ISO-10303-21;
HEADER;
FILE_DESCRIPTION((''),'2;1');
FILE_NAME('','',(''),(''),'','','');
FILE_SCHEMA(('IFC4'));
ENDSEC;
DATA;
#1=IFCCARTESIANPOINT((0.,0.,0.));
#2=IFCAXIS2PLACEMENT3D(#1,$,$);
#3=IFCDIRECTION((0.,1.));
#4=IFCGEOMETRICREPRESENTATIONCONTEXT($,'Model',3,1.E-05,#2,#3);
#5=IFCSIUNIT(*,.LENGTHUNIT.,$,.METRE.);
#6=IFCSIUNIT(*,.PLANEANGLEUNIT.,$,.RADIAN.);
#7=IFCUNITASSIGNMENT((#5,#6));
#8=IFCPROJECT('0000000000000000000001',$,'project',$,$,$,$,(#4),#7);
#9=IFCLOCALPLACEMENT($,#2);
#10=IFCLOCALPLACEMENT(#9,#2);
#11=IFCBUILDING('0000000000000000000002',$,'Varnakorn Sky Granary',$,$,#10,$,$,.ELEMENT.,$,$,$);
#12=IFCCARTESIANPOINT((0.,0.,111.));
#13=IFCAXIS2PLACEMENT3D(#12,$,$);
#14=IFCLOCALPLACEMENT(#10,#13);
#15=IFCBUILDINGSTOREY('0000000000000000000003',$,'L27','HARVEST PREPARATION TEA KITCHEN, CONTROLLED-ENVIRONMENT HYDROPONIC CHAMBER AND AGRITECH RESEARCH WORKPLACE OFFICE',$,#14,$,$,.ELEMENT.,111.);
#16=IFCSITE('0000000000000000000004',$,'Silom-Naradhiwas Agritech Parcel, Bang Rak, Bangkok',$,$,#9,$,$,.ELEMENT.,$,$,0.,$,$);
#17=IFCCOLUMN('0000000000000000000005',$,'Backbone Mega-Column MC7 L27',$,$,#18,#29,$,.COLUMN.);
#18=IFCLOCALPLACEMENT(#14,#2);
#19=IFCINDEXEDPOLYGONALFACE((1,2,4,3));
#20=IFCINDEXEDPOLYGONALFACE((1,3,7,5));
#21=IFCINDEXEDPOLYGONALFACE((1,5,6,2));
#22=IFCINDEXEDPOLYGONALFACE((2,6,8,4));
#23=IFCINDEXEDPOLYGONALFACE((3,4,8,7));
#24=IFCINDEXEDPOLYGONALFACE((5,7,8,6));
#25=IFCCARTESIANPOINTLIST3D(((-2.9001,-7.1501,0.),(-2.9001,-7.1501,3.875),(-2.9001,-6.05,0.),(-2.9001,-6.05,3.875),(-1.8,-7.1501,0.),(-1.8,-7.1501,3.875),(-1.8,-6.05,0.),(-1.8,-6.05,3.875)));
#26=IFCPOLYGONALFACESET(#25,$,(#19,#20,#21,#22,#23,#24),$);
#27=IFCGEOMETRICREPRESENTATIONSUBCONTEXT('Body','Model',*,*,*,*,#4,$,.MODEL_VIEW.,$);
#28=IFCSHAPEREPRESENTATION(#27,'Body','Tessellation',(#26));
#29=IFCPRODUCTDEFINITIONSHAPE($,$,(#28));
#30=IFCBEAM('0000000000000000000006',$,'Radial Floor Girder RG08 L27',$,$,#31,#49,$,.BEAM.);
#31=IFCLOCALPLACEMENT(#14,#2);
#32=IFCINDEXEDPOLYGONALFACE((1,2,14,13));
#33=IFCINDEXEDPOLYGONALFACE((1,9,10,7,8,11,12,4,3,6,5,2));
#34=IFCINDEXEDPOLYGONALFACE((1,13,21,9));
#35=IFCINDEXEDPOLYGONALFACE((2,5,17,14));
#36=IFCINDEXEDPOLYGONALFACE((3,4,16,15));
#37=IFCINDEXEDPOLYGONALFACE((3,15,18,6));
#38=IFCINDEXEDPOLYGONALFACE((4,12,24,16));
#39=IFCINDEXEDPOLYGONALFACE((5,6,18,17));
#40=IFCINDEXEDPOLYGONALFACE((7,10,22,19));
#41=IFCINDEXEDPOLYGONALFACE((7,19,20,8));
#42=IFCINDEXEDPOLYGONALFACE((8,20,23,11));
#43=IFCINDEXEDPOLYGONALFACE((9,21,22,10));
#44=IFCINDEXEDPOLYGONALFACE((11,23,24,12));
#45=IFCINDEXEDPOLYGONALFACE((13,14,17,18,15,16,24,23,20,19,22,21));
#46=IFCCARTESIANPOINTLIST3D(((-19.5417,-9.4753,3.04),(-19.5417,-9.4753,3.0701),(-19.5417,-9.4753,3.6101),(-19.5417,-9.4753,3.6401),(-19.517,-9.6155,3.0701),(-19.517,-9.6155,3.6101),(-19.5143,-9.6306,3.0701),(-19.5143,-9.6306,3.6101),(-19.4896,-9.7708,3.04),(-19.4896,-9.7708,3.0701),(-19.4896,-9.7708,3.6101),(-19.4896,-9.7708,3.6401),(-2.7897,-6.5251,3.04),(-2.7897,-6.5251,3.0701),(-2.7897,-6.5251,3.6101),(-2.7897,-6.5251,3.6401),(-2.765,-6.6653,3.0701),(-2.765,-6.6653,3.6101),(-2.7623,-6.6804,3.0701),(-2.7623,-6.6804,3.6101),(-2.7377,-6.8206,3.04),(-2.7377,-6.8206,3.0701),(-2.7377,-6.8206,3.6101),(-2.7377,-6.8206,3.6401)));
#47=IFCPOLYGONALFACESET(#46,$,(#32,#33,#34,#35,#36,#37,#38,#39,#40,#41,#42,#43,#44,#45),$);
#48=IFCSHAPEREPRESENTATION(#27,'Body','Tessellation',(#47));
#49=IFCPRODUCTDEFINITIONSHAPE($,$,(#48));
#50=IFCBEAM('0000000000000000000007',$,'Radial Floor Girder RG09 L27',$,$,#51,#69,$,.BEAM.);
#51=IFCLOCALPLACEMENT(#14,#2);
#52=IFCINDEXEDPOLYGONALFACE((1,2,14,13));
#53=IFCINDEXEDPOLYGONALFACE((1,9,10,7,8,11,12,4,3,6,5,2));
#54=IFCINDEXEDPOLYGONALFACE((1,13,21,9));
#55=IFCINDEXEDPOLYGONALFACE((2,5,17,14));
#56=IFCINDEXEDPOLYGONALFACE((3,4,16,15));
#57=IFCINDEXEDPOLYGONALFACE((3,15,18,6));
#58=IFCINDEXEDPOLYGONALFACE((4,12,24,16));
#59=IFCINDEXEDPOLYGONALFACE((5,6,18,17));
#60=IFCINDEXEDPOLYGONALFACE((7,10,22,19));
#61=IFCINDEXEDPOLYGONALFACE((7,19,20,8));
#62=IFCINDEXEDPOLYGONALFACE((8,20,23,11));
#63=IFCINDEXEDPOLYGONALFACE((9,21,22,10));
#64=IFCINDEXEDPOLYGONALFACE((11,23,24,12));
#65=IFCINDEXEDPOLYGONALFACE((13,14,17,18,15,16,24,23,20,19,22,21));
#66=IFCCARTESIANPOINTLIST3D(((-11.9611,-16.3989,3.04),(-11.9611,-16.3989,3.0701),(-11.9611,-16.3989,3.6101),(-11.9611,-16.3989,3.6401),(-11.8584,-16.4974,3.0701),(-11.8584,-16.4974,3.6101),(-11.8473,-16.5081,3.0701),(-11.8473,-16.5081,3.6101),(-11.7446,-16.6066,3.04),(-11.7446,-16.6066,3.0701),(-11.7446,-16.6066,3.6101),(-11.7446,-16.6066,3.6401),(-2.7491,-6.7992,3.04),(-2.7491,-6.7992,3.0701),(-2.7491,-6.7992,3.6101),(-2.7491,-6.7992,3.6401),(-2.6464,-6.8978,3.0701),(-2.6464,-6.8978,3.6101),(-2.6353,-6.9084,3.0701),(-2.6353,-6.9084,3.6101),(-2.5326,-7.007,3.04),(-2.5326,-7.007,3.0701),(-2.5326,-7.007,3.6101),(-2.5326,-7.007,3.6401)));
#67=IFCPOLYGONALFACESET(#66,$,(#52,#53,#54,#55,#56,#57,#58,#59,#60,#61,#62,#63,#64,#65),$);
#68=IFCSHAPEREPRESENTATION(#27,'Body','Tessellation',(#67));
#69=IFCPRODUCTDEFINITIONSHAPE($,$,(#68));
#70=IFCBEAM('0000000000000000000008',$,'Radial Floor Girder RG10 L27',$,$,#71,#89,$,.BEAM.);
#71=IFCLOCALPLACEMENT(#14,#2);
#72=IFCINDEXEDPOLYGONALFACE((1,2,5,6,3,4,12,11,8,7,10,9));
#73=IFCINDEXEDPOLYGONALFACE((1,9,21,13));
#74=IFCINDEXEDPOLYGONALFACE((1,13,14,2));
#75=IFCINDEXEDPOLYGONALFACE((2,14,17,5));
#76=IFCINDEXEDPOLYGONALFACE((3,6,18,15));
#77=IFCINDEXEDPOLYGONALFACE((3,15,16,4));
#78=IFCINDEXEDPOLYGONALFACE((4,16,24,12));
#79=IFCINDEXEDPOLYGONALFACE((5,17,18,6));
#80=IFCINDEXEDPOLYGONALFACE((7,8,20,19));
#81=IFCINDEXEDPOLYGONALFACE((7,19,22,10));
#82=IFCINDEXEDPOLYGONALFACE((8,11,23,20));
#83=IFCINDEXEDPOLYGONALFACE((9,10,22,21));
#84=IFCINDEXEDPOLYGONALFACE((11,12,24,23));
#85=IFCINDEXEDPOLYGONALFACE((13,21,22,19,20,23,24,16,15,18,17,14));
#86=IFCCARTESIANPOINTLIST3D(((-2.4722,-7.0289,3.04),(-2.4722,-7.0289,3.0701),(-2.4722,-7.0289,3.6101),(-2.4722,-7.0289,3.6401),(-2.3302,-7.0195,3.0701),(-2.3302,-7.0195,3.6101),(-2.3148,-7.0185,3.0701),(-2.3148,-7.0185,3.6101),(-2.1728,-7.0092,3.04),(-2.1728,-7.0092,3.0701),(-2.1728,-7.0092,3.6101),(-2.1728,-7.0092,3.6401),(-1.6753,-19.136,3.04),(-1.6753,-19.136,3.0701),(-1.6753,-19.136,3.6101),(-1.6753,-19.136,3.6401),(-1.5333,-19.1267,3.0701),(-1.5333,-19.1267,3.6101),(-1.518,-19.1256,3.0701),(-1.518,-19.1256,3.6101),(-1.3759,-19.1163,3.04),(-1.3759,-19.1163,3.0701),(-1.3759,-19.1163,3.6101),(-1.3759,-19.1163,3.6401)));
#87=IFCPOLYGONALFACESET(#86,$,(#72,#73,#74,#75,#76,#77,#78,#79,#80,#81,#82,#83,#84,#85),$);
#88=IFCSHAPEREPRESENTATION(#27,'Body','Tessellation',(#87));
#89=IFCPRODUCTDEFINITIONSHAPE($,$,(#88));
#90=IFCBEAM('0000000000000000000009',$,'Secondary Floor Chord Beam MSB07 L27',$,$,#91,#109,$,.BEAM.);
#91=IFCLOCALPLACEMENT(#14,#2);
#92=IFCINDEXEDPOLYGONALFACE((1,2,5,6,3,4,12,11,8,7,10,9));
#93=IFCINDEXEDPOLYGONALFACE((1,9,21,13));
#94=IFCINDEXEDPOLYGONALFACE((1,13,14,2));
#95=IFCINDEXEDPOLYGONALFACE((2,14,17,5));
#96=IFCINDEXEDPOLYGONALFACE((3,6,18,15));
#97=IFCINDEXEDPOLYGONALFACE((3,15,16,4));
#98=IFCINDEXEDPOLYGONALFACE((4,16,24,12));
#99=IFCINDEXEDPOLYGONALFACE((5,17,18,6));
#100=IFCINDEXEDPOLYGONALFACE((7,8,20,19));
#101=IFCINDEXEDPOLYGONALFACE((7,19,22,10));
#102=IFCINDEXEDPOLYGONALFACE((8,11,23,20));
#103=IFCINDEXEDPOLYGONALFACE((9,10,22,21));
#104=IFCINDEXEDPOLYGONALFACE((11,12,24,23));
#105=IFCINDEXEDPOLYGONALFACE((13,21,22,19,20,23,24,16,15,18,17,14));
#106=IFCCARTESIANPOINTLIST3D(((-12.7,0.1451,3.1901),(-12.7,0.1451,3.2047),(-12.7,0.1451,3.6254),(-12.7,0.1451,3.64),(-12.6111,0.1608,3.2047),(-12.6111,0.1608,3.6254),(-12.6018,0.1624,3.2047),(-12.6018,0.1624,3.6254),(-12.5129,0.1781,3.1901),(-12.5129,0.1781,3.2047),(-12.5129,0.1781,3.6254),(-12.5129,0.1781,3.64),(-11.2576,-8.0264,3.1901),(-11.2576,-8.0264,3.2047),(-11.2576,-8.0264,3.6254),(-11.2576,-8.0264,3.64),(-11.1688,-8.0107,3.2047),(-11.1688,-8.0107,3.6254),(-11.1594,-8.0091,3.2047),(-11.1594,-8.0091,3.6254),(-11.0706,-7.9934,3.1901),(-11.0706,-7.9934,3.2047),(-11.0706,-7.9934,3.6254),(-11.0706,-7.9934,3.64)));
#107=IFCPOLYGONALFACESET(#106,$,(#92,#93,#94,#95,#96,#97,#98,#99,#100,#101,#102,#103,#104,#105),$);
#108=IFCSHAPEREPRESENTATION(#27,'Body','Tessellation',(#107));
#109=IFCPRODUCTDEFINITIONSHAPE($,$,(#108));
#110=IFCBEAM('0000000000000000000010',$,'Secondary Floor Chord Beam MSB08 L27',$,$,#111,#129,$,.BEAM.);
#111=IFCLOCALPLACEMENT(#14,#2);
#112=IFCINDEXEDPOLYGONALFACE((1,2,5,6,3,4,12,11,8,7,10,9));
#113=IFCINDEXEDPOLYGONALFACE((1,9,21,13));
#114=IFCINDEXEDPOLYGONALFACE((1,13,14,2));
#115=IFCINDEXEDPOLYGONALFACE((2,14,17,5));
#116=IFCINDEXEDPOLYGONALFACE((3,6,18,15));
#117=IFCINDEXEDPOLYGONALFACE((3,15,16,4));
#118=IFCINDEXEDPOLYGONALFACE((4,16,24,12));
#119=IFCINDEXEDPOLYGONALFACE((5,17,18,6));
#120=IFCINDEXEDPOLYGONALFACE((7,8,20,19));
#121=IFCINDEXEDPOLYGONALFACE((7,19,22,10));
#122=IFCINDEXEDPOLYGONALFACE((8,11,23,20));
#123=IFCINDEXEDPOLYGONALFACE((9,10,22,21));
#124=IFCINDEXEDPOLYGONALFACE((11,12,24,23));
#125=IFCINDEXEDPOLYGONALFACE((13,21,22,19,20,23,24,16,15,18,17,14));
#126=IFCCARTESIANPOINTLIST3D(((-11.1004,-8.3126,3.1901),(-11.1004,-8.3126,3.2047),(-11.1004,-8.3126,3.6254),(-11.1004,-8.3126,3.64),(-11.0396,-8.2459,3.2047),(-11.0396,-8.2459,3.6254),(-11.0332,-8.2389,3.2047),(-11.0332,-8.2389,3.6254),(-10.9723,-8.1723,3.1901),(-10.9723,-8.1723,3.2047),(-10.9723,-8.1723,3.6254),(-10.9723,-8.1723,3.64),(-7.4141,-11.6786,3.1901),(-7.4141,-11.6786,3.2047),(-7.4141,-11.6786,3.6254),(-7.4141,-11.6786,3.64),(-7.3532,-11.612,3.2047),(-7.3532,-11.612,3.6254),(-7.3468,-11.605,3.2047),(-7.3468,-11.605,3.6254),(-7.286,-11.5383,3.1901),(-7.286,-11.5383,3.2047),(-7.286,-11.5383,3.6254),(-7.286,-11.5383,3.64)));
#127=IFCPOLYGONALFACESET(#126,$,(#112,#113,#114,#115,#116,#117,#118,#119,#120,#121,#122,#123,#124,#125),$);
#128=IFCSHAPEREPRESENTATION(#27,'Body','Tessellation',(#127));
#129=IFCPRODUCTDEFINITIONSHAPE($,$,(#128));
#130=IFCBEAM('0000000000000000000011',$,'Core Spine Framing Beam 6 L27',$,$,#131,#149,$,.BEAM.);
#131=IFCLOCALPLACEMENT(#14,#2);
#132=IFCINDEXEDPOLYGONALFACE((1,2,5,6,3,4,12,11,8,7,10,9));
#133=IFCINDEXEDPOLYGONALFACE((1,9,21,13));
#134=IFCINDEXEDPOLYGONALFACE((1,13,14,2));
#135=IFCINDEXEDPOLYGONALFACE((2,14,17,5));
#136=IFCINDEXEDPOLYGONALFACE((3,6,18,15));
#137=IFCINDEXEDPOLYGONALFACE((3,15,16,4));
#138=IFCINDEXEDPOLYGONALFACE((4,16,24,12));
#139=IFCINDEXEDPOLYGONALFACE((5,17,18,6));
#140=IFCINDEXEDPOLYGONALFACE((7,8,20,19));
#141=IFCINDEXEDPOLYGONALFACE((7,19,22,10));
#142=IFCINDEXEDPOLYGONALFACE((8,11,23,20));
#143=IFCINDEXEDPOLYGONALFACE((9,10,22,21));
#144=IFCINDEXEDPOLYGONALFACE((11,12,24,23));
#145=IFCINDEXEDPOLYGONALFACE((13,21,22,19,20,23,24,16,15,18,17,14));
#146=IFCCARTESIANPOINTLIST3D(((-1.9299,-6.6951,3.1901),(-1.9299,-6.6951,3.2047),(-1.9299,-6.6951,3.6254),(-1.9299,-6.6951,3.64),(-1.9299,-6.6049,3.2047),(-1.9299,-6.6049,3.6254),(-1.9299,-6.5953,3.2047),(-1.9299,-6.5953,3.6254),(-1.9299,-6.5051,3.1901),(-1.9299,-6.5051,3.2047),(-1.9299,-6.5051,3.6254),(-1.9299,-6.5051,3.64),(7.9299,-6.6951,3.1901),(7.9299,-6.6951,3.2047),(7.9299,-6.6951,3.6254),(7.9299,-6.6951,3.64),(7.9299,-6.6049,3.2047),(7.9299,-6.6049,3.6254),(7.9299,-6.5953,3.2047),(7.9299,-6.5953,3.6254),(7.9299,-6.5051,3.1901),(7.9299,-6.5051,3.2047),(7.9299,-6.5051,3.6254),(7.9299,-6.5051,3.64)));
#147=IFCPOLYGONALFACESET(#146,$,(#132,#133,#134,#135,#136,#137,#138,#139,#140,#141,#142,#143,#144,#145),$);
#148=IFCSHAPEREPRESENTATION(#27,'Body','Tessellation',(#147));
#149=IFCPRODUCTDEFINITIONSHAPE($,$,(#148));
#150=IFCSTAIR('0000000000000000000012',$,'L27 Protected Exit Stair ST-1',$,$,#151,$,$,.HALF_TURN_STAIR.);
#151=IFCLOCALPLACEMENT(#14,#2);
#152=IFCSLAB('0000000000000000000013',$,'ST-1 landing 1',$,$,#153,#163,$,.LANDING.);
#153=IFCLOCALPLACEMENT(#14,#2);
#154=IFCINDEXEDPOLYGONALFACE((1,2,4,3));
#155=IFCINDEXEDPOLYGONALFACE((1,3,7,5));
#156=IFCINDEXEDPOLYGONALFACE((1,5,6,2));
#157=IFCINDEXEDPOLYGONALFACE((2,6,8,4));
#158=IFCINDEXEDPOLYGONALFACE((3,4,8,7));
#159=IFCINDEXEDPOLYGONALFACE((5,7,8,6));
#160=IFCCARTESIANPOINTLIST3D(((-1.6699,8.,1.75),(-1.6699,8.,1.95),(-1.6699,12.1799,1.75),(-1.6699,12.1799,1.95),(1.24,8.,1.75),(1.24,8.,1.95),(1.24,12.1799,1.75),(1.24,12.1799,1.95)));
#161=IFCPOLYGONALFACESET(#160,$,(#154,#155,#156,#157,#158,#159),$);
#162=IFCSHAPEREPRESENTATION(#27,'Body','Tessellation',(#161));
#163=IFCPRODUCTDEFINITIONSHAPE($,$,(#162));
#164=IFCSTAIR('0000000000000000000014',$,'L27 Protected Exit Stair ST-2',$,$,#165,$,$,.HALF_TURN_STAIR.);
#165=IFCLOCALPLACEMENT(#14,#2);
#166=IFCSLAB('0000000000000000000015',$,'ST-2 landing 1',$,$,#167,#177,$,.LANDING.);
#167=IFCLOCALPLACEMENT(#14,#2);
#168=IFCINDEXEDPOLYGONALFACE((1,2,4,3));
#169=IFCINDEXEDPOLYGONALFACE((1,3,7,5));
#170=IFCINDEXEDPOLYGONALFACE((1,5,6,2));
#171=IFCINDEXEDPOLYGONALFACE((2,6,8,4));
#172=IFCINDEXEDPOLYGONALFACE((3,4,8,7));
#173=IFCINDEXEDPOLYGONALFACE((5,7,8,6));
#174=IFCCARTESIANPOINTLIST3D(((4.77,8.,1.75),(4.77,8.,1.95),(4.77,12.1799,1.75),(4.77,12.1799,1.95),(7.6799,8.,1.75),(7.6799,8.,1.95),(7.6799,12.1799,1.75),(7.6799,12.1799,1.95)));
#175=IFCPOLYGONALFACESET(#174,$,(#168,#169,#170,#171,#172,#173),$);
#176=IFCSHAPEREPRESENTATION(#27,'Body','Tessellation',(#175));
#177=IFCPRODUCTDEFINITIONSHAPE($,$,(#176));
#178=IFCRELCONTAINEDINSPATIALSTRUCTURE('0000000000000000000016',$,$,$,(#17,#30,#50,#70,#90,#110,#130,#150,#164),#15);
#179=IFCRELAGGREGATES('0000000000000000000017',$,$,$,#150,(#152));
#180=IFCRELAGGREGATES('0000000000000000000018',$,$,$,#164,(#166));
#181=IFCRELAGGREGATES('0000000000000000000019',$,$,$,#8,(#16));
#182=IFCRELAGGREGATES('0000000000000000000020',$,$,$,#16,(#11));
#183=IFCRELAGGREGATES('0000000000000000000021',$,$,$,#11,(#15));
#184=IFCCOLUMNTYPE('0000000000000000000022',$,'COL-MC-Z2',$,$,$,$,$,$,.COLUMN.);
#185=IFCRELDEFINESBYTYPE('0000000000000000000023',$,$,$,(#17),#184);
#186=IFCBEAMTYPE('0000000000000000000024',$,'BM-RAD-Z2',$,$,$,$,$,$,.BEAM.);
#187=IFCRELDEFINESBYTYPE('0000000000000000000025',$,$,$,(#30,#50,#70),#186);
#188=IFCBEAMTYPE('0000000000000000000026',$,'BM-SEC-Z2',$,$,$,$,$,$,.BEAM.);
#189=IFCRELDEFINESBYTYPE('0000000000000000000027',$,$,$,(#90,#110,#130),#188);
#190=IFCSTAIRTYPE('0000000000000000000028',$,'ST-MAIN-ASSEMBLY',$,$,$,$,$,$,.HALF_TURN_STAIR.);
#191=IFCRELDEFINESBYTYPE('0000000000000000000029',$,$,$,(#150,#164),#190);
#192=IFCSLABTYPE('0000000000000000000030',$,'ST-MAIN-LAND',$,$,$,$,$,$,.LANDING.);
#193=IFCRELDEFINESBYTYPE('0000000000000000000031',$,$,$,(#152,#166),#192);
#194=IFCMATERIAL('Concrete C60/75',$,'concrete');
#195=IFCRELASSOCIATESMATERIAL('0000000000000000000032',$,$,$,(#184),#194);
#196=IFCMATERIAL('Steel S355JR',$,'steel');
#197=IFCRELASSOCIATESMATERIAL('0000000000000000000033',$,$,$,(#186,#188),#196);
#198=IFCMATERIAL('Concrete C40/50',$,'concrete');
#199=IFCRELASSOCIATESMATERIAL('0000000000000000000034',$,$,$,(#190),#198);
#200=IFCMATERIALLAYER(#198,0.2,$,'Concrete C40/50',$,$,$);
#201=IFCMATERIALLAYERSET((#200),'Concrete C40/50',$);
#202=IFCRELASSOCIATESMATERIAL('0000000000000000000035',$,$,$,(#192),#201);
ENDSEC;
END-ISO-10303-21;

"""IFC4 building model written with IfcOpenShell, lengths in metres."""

from ifc_helpers import new_model, si_unit, direction, frame, origin, origin_2d, place, context, subcontext, project, spatial, polyline, rectangle, i_section, outline, extrude, material, layer, layer_set, material_profile, profile_set, type_object, element, aggregate, save


model = new_model("IFC4")

# Units and contexts
model_context = context("Model", 3, precision=1e-05, world=origin(), true_north=direction((0.0, 1.0)))
body_context = subcontext(model_context, "Body", "Model", "MODEL_VIEW")
ifc_project = project(units=[si_unit("LENGTHUNIT", "METRE"), si_unit("PLANEANGLEUNIT", "RADIAN")], contexts=[model_context])

# Site, building, storey
site_placement = place(None, origin())
site = spatial("IfcSite", under=ifc_project, at=site_placement, Name="Silom-Naradhiwas Agritech Parcel, Bang Rak, Bangkok", CompositionType="ELEMENT", RefElevation=0.0)
building_placement = place(site_placement, origin())
building = spatial("IfcBuilding", under=site, at=building_placement, Name="Varnakorn Sky Granary", CompositionType="ELEMENT")
storey_placement = place(building_placement, frame((0.0, 0.0, 111.0)))
storey = spatial("IfcBuildingStorey", under=building, at=storey_placement, Name="L27", Description="HARVEST PREPARATION TEA KITCHEN, CONTROLLED-ENVIRONMENT HYDROPONIC CHAMBER AND AGRITECH RESEARCH WORKPLACE OFFICE", CompositionType="ELEMENT", Elevation=111.0)

# Column
ifc_material_1 = material(Name="Concrete C60/75", Category="concrete")
ifc_material_profile_1 = material_profile(ifc_material_1, rectangle(XDim=1.1001, YDim=1.1001, at=origin_2d()), Name="RC 1100x1100")
ifc_profile_set_1 = profile_set([ifc_material_profile_1], Name="Concrete C60/75")
column_type = type_object("IfcColumnType", Name="COL-MC-Z2", PredefinedType="COLUMN", material=ifc_profile_set_1)
column_placement = place(storey_placement, frame((-2.3501, -6.6001, 0.0), z_axis=(0.0, 0.0, 1.0), x_axis=(1.0, 0.0, 0.0)))
element("IfcColumn", 1, at=column_placement, inside=storey, type_object=column_type, Name="Backbone Mega-Column MC7 L27", PredefinedType="COLUMN", context=body_context, shape_type="SweptSolid", body=[
    extrude(rectangle(XDim=1.1001, YDim=1.1001, at=origin_2d()), origin(), (0.0, 0.0, 1.0), 3.875),
])

# Beams
ifc_material_2 = material(Name="Steel S355JR", Category="steel")
ifc_material_profile_2 = material_profile(ifc_material_2, i_section(OverallWidth=0.3, OverallDepth=0.6001, WebThickness=0.0154, FlangeThickness=0.03, at=origin_2d()), Name="HE 600 B")
ifc_profile_set_2 = profile_set([ifc_material_profile_2], Name="Steel S355JR")
beam_type_1 = type_object("IfcBeamType", Name="BM-RAD-Z2", PredefinedType="BEAM", material=ifc_profile_set_2)
beam_1_placement = place(storey_placement, frame((-2.7637, -6.6729, 3.3401), z_axis=(-0.984844, -0.173441, 0.0), x_axis=(0.173441, -0.984844, 0.0)))
element("IfcBeam", 2, at=beam_1_placement, inside=storey, type_object=beam_type_1, Name="Radial Floor Girder RG08 L27", PredefinedType="BEAM", context=body_context, shape_type="SweptSolid", body=[
    extrude(i_section(OverallWidth=0.3, OverallDepth=0.6001, WebThickness=0.0154, FlangeThickness=0.03, at=origin_2d()), origin(), (0.0, 0.0, 1.0), 17.0098),
])
beam_2_placement = place(storey_placement, frame((-2.6409, -6.9031, 3.3401), z_axis=(-0.692387, -0.721527, 0.0), x_axis=(0.721527, -0.692387, 0.0)))
element("IfcBeam", 3, at=beam_2_placement, inside=storey, type_object=beam_type_1, Name="Radial Floor Girder RG09 L27", PredefinedType="BEAM", context=body_context, shape_type="SweptSolid", body=[
    extrude(i_section(OverallWidth=0.3, OverallDepth=0.6001, WebThickness=0.0154, FlangeThickness=0.03, at=origin_2d()), origin(), (0.0, 0.0, 1.0), 13.3047),
])
beam_3_placement = place(storey_placement, frame((-2.3225, -7.019, 3.3401), z_axis=(0.065676, -0.997841, 0.0), x_axis=(0.997841, 0.065676, 0.0)))
element("IfcBeam", 4, at=beam_3_placement, inside=storey, type_object=beam_type_1, Name="Radial Floor Girder RG10 L27", PredefinedType="BEAM", context=body_context, shape_type="SweptSolid", body=[
    extrude(i_section(OverallWidth=0.3, OverallDepth=0.6001, WebThickness=0.0154, FlangeThickness=0.03, at=origin_2d()), origin(), (0.0, 0.0, 1.0), 12.1333),
])
ifc_material_profile_3 = material_profile(ifc_material_2, i_section(OverallWidth=0.1899, OverallDepth=0.45, WebThickness=0.0095, FlangeThickness=0.0146, at=origin_2d()), Name="IPE 450")
ifc_profile_set_3 = profile_set([ifc_material_profile_3], Name="Steel S355JR")
beam_type_2 = type_object("IfcBeamType", Name="BM-SEC-Z2", PredefinedType="BEAM", material=ifc_profile_set_3)
beam_4_placement = place(storey_placement, frame((-12.6064, 0.1616, 3.415), z_axis=(0.173824, -0.984777, 0.0), x_axis=(0.984777, 0.173824, 0.0)))
element("IfcBeam", 5, at=beam_4_placement, inside=storey, type_object=beam_type_2, Name="Secondary Floor Chord Beam MSB07 L27", PredefinedType="BEAM", context=body_context, shape_type="SweptSolid", body=[
    extrude(i_section(OverallWidth=0.1899, OverallDepth=0.45, WebThickness=0.0095, FlangeThickness=0.0146, at=origin_2d()), origin(), (0.0, 0.0, 1.0), 8.2979),
])
beam_5_placement = place(storey_placement, frame((-11.0364, -8.2424, 3.415), z_axis=(0.738462, -0.674295, 0.0), x_axis=(0.674295, 0.738462, 0.0)))
element("IfcBeam", 6, at=beam_5_placement, inside=storey, type_object=beam_type_2, Name="Secondary Floor Chord Beam MSB08 L27", PredefinedType="BEAM", context=body_context, shape_type="SweptSolid", body=[
    extrude(i_section(OverallWidth=0.1899, OverallDepth=0.45, WebThickness=0.0095, FlangeThickness=0.0146, at=origin_2d()), origin(), (0.0, 0.0, 1.0), 4.9919),
])
beam_6_placement = place(storey_placement, frame((-1.9299, -6.6001, 3.415), z_axis=(1.0, 0.0, 0.0), x_axis=(0.0, 1.0, 0.0)))
element("IfcBeam", 7, at=beam_6_placement, inside=storey, type_object=beam_type_2, Name="Core Spine Framing Beam 6 L27", PredefinedType="BEAM", context=body_context, shape_type="SweptSolid", body=[
    extrude(i_section(OverallWidth=0.1899, OverallDepth=0.45, WebThickness=0.0095, FlangeThickness=0.0146, at=origin_2d()), origin(), (0.0, 0.0, 1.0), 9.8599),
])

# Stairs, slabs
ifc_material_3 = material(Name="Concrete C40/50", Category="concrete")
stair_type = type_object("IfcStairType", Name="ST-MAIN-ASSEMBLY", PredefinedType="HALF_TURN_STAIR", material=ifc_material_3)
stair_1_placement = place(storey_placement, origin())
stair_1 = element("IfcStair", 8, at=stair_1_placement, inside=storey, type_object=stair_type, Name="L27 Protected Exit Stair ST-1", PredefinedType="HALF_TURN_STAIR")
ifc_layer_1 = layer(ifc_material_3, 0.2, Name="Concrete C40/50")
ifc_layer_set_1 = layer_set([ifc_layer_1], Name="Concrete C40/50")
slab_type_1 = type_object("IfcSlabType", Name="ST-MAIN-LAND", PredefinedType="LANDING", material=ifc_layer_set_1)
slab_1_placement = place(storey_placement, frame((0.0, 0.0, 1.75)))
slab_1 = element("IfcSlab", 9, at=slab_1_placement, type_object=slab_type_1, Name="ST-1 landing 1", PredefinedType="LANDING", context=body_context, shape_type="SweptSolid", body=[
    extrude(outline(polyline([(1.24, 8.0), (1.24, 12.1799), (-1.6699, 12.1799), (-1.6699, 8.0), (1.24, 8.0)])), origin(), (0.0, 0.0, 1.0), 0.2),
])
aggregate(stair_1, [slab_1])
stair_2_placement = place(storey_placement, origin())
stair_2 = element("IfcStair", 10, at=stair_2_placement, inside=storey, type_object=stair_type, Name="L27 Protected Exit Stair ST-2", PredefinedType="HALF_TURN_STAIR")
slab_2_placement = place(storey_placement, frame((0.0, 0.0, 1.75)))
slab_2 = element("IfcSlab", 11, at=slab_2_placement, type_object=slab_type_1, Name="ST-2 landing 1", PredefinedType="LANDING", context=body_context, shape_type="SweptSolid", body=[
    extrude(outline(polyline([(7.6799, 8.0), (7.6799, 12.1799), (4.77, 12.1799), (4.77, 8.0), (7.6799, 8.0)])), origin(), (0.0, 0.0, 1.0), 0.2),
])
aggregate(stair_2, [slab_2])

save(model, "model.ifc")
